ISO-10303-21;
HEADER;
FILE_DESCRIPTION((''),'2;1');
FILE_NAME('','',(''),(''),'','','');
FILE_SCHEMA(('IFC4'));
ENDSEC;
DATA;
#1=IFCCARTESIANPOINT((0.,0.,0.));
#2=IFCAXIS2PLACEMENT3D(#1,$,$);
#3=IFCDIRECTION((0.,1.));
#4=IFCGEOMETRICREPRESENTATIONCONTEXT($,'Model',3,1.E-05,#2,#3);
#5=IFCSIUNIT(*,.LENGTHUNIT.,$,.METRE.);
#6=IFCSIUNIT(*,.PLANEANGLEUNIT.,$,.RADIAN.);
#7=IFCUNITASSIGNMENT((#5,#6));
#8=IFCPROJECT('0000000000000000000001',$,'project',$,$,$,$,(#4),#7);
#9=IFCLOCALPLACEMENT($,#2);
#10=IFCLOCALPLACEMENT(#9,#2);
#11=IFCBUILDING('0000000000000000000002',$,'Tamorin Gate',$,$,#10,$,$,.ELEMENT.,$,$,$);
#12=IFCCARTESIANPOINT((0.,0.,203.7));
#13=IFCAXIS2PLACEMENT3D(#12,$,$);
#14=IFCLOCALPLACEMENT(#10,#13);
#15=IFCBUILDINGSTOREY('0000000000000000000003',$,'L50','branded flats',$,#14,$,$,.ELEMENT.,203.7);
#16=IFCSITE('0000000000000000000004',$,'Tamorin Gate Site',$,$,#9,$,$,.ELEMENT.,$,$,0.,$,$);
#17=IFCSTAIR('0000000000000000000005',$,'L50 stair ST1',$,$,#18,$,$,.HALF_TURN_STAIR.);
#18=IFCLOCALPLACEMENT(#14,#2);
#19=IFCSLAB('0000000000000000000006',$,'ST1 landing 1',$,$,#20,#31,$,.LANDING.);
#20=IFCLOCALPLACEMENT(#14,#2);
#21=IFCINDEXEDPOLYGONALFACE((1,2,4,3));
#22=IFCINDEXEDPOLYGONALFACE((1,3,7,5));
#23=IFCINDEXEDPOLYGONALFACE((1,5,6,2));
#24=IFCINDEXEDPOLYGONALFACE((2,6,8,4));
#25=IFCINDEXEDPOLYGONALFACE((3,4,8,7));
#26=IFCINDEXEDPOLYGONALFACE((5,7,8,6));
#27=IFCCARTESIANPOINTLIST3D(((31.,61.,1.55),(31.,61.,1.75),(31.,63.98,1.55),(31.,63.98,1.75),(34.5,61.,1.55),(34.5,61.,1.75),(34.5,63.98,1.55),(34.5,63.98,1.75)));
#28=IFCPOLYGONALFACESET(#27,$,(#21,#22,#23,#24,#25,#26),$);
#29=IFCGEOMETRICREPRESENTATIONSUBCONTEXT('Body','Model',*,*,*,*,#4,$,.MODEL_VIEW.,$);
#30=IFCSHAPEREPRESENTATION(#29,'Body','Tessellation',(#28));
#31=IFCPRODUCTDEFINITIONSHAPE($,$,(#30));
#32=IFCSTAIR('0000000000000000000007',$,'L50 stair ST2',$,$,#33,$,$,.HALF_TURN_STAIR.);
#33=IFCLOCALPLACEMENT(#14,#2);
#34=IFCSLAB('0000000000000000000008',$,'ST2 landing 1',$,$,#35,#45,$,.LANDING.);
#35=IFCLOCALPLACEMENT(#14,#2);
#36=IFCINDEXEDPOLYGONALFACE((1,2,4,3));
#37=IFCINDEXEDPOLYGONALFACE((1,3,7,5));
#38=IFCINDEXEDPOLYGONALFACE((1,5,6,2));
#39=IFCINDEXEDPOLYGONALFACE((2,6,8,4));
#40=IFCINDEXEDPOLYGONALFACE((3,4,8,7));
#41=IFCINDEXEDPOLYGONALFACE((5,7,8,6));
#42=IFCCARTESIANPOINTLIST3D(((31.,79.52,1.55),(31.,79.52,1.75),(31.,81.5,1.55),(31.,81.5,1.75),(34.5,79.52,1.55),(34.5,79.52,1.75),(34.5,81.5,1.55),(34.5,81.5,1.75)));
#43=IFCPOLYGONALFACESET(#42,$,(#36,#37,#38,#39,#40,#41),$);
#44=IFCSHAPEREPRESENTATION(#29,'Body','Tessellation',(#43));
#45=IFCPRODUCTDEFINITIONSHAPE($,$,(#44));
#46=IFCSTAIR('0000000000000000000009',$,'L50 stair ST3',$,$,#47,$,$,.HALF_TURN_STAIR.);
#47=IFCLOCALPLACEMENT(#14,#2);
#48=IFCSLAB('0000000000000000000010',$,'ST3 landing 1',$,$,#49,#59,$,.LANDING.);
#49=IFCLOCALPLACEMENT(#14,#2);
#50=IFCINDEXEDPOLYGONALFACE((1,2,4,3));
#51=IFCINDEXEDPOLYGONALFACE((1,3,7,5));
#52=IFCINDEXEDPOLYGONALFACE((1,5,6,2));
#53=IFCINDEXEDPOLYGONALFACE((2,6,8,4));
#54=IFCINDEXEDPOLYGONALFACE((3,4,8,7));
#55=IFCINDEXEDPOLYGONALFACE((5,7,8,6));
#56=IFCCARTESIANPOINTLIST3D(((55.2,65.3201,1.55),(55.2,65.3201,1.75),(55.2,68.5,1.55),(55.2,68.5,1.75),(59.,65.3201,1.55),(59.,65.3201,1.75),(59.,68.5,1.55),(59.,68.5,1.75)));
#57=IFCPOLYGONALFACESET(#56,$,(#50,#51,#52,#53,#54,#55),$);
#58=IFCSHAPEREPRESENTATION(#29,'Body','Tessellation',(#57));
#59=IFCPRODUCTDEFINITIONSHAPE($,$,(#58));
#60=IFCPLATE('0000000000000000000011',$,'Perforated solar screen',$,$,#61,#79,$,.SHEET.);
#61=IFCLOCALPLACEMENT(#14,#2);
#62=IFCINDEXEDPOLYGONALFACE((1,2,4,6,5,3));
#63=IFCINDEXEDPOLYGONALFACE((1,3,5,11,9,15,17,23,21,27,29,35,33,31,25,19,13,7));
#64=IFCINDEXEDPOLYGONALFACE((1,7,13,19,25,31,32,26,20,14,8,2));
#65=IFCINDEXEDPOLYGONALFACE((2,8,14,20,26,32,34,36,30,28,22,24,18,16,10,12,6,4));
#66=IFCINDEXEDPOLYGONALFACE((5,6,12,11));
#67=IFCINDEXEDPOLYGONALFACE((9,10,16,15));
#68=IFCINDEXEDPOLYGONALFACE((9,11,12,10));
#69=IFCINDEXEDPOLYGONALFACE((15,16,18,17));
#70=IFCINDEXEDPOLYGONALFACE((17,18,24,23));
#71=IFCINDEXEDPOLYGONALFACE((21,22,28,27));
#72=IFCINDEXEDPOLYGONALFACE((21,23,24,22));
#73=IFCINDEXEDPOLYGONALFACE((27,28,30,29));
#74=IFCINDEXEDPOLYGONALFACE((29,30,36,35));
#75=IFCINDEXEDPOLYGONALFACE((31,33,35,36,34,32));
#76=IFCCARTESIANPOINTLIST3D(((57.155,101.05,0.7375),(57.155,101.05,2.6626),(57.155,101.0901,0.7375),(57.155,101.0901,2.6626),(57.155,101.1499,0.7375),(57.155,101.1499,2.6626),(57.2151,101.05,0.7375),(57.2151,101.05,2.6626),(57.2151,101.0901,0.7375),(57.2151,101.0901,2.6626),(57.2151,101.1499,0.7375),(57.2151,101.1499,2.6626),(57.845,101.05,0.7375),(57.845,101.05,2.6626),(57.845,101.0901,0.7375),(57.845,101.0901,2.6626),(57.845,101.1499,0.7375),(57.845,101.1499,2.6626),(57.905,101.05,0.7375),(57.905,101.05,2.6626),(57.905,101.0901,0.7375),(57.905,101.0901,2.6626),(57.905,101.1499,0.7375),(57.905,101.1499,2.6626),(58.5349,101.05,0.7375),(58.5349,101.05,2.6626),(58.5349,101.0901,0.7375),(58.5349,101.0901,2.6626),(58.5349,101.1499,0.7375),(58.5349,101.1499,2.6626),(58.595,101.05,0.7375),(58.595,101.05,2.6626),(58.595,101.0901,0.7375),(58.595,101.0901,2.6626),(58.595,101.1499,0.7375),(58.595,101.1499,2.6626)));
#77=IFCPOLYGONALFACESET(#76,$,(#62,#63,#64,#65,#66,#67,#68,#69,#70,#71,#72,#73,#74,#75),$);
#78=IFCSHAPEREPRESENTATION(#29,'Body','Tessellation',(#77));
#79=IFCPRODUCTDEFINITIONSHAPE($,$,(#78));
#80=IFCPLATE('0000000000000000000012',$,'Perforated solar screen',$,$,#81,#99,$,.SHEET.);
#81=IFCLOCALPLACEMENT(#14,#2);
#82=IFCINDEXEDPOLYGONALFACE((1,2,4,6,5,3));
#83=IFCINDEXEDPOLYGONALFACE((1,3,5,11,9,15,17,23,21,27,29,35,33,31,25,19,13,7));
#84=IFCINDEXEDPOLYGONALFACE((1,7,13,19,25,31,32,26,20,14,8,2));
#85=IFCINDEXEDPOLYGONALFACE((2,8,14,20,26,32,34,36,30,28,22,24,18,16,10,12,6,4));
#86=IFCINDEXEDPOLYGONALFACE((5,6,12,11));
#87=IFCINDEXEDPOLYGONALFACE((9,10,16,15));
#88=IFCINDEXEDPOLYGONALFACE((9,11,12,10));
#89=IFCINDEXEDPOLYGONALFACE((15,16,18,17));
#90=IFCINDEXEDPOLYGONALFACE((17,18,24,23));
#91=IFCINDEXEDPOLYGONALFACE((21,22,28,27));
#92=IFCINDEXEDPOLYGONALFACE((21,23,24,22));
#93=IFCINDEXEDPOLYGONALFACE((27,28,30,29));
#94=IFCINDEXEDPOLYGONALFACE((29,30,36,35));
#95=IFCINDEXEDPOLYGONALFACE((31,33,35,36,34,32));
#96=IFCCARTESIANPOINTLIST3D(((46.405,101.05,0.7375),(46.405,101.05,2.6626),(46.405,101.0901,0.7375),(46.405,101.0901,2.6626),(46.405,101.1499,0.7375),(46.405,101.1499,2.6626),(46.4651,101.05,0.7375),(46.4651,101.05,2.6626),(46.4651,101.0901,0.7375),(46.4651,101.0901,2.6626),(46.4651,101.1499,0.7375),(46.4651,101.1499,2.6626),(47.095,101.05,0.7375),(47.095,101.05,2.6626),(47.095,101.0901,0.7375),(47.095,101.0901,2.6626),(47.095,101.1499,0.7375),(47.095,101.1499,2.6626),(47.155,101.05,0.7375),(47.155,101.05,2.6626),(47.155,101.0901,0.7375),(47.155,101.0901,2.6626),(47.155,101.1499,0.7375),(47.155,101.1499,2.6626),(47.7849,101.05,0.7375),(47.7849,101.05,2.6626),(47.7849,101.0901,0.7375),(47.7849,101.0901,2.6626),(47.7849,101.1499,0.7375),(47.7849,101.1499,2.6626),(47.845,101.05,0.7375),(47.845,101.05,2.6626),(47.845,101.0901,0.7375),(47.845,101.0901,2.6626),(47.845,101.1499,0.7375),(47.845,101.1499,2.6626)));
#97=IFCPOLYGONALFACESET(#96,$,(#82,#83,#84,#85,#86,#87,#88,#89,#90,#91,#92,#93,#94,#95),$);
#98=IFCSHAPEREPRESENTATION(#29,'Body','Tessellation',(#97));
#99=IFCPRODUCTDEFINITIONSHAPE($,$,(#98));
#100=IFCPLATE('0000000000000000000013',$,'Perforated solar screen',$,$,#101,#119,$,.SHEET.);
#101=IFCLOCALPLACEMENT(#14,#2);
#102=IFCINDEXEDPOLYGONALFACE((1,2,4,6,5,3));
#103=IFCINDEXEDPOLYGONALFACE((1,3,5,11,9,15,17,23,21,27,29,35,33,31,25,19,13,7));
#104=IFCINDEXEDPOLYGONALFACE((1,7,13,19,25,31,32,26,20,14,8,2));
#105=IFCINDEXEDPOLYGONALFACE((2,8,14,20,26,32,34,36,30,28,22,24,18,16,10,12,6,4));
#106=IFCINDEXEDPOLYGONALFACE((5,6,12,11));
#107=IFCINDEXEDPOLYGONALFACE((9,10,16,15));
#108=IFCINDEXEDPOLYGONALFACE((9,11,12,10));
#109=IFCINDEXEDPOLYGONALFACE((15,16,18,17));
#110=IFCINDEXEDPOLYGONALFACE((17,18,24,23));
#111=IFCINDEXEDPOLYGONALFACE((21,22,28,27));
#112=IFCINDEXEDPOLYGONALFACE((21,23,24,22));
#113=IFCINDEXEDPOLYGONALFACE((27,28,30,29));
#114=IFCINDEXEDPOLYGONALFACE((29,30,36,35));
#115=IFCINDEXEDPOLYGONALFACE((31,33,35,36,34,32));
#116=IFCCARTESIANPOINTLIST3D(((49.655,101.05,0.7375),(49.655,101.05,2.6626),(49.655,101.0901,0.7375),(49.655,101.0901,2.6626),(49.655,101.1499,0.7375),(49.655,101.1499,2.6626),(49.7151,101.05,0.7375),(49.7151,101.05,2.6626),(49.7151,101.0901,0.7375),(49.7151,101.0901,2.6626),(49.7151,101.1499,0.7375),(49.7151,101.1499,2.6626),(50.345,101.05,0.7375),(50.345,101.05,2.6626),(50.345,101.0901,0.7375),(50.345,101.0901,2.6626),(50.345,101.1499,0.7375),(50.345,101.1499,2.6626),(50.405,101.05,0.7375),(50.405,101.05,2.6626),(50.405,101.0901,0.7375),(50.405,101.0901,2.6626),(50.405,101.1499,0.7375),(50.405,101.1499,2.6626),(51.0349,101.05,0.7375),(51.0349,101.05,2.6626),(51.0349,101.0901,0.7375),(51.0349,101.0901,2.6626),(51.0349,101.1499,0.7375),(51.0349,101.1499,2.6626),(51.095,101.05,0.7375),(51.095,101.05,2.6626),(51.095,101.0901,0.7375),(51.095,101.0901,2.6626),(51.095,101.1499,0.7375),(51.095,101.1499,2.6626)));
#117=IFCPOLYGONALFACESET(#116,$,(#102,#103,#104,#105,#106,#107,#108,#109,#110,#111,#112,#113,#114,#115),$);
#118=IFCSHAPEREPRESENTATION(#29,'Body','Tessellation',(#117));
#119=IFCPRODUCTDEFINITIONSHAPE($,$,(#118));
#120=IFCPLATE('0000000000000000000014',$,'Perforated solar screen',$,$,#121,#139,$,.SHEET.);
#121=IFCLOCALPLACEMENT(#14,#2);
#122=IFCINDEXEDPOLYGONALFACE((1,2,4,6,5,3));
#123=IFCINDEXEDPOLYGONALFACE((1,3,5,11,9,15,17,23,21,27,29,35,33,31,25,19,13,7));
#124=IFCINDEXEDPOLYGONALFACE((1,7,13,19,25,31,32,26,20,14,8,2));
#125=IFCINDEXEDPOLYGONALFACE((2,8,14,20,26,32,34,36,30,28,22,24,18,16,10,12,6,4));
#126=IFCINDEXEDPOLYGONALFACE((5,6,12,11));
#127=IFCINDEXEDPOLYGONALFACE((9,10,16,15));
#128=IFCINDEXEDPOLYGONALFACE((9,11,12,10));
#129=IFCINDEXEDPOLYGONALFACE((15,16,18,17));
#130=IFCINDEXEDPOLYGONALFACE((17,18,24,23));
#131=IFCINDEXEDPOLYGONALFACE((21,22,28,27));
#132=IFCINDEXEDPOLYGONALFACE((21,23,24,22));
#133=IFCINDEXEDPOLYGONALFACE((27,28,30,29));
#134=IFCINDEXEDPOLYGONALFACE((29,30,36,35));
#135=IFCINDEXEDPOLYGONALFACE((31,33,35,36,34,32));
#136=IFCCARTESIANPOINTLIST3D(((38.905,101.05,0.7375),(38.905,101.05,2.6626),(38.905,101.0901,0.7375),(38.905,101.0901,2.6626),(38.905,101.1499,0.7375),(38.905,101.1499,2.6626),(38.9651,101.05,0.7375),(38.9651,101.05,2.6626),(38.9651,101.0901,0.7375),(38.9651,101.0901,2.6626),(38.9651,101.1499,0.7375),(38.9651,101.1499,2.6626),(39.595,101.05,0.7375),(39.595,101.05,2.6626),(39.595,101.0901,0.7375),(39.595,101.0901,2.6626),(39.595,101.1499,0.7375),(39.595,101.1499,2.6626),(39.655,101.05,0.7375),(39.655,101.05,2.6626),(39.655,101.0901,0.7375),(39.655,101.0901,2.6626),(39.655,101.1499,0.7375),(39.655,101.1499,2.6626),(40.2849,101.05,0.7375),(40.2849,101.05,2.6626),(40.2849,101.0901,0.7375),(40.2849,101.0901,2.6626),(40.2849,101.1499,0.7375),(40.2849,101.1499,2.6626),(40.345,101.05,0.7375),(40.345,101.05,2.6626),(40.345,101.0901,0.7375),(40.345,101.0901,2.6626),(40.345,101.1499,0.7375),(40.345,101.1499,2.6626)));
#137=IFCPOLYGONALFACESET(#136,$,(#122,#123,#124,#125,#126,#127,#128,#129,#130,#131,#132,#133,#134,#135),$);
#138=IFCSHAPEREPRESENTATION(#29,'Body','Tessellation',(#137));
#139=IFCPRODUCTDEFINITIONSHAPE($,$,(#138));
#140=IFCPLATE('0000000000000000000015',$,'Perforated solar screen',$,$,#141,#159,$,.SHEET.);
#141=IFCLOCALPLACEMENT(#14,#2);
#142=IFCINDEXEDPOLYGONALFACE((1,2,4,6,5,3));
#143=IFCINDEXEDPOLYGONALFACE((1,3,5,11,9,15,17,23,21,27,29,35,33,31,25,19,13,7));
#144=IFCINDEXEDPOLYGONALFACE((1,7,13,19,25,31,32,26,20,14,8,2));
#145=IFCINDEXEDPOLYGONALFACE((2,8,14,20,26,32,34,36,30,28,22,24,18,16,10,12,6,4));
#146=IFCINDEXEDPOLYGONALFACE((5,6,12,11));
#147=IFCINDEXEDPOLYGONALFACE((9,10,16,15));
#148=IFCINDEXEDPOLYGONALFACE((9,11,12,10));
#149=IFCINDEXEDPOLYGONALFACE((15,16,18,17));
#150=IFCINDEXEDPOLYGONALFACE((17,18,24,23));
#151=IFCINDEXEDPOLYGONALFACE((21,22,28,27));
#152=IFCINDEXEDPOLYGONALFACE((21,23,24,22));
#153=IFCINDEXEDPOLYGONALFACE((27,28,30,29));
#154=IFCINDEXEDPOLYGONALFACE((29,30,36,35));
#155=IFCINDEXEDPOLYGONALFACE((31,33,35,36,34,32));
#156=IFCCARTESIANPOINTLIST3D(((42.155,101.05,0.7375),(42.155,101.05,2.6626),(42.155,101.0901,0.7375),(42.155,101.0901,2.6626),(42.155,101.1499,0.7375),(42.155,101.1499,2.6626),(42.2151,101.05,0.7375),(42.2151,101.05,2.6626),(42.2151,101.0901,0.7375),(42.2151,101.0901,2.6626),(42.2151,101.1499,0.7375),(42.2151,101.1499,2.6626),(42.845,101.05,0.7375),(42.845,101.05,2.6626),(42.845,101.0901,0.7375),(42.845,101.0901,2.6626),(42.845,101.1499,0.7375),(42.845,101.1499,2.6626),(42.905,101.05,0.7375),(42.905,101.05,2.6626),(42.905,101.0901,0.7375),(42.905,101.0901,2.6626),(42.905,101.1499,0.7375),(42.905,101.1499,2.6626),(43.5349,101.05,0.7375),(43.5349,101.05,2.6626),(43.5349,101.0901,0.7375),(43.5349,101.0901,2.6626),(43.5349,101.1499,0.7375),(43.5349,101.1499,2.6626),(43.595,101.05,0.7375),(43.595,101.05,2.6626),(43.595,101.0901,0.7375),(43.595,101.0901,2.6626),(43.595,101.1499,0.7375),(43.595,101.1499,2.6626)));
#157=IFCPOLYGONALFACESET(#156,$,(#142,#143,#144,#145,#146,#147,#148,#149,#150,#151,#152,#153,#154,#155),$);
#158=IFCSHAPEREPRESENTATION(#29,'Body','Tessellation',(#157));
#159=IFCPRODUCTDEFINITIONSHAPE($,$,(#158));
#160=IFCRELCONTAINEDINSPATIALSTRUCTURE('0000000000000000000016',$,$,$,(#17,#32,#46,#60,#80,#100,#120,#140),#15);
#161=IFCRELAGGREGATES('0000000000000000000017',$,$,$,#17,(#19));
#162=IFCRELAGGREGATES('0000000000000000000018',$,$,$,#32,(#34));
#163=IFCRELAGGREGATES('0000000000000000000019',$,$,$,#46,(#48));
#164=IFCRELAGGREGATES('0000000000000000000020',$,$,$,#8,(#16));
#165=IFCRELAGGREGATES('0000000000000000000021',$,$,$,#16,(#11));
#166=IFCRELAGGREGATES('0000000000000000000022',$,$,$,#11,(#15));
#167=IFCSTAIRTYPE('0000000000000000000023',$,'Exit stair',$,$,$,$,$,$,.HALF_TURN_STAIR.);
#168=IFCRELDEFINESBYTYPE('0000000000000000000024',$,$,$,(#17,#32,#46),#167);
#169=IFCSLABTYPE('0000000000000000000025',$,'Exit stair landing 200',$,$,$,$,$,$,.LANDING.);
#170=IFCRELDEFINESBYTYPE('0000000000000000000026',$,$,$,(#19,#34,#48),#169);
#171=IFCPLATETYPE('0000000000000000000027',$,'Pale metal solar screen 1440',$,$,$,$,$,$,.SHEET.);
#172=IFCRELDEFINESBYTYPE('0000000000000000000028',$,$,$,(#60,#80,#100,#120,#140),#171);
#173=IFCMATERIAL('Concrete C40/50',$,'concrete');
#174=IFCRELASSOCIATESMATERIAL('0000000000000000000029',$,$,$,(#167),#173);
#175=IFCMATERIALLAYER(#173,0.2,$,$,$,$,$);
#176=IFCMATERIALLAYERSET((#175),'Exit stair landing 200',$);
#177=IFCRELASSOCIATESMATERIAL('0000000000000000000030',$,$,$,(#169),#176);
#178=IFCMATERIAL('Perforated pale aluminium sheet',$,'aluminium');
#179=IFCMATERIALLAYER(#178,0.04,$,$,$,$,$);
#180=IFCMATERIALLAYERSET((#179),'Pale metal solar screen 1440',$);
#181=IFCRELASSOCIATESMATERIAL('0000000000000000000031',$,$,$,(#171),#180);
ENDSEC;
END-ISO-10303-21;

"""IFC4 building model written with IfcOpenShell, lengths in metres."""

from ifc_helpers import new_model, si_unit, direction, frame, origin, place, context, subcontext, project, spatial, polyline, outline, extrude, material, layer, layer_set, type_object, element, aggregate, save


model = new_model("IFC4")

# Units and contexts
model_context = context("Model", 3, precision=1e-05, world=origin(), true_north=direction((0.0, 1.0)))
body_context = subcontext(model_context, "Body", "Model", "MODEL_VIEW")
ifc_project = project(units=[si_unit("LENGTHUNIT", "METRE"), si_unit("PLANEANGLEUNIT", "RADIAN")], contexts=[model_context])

# Site, building, storey
site_placement = place(None, origin())
site = spatial("IfcSite", under=ifc_project, at=site_placement, Name="Tamorin Gate Site", CompositionType="ELEMENT", RefElevation=0.0)
building_placement = place(site_placement, origin())
building = spatial("IfcBuilding", under=site, at=building_placement, Name="Tamorin Gate", CompositionType="ELEMENT")
storey_placement = place(building_placement, frame((0.0, 0.0, 203.7)))
storey = spatial("IfcBuildingStorey", under=building, at=storey_placement, Name="L50", Description="branded flats", CompositionType="ELEMENT", Elevation=203.7)

# Stairs, slabs
ifc_material_1 = material(Name="Concrete C40/50", Category="concrete")
stair_type = type_object("IfcStairType", Name="Exit stair", PredefinedType="HALF_TURN_STAIR", material=ifc_material_1)
stair_1_placement = place(storey_placement, origin())
stair_1 = element("IfcStair", 1, at=stair_1_placement, inside=storey, type_object=stair_type, Name="L50 stair ST1", PredefinedType="HALF_TURN_STAIR")
ifc_layer_1 = layer(ifc_material_1, 0.2)
ifc_layer_set_1 = layer_set([ifc_layer_1], Name="Exit stair landing 200")
slab_type = type_object("IfcSlabType", Name="Exit stair landing 200", PredefinedType="LANDING", material=ifc_layer_set_1)
slab_1_placement = place(storey_placement, frame((0.0, 0.0, 1.55)))
slab_1 = element("IfcSlab", 2, at=slab_1_placement, type_object=slab_type, Name="ST1 landing 1", PredefinedType="LANDING", context=body_context, shape_type="SweptSolid", body=[
    extrude(outline(polyline([(31.0, 63.98), (31.0, 61.0), (34.5, 61.0), (34.5, 63.98), (31.0, 63.98)])), origin(), (0.0, 0.0, 1.0), 0.2),
])
aggregate(stair_1, [slab_1])
stair_2_placement = place(storey_placement, origin())
stair_2 = element("IfcStair", 3, at=stair_2_placement, inside=storey, type_object=stair_type, Name="L50 stair ST2", PredefinedType="HALF_TURN_STAIR")
slab_2_placement = place(storey_placement, frame((0.0, 0.0, 1.55)))
slab_2 = element("IfcSlab", 4, at=slab_2_placement, type_object=slab_type, Name="ST2 landing 1", PredefinedType="LANDING", context=body_context, shape_type="SweptSolid", body=[
    extrude(outline(polyline([(34.5, 79.52), (34.5, 81.5), (31.0, 81.5), (31.0, 79.52), (34.5, 79.52)])), origin(), (0.0, 0.0, 1.0), 0.2),
])
aggregate(stair_2, [slab_2])
stair_3_placement = place(storey_placement, origin())
stair_3 = element("IfcStair", 5, at=stair_3_placement, inside=storey, type_object=stair_type, Name="L50 stair ST3", PredefinedType="HALF_TURN_STAIR")
slab_3_placement = place(storey_placement, frame((0.0, 0.0, 1.55)))
slab_3 = element("IfcSlab", 6, at=slab_3_placement, type_object=slab_type, Name="ST3 landing 1", PredefinedType="LANDING", context=body_context, shape_type="SweptSolid", body=[
    extrude(outline(polyline([(59.0, 65.3201), (59.0, 68.5), (55.2, 68.5), (55.2, 65.3201), (59.0, 65.3201)])), origin(), (0.0, 0.0, 1.0), 0.2),
])
aggregate(stair_3, [slab_3])

# Plates
ifc_material_2 = material(Name="Perforated pale aluminium sheet", Category="aluminium")
ifc_layer_2 = layer(ifc_material_2, 0.04)
ifc_layer_set_2 = layer_set([ifc_layer_2], Name="Pale metal solar screen 1440")
plate_type_1 = type_object("IfcPlateType", Name="Pale metal solar screen 1440", PredefinedType="SHEET", material=ifc_layer_set_2)
plate_1_placement = place(storey_placement, frame((0.0, 0.0, 0.7375)))
element("IfcPlate", 7, at=plate_1_placement, inside=storey, type_object=plate_type_1, Name="Perforated solar screen", PredefinedType="SHEET", context=body_context, shape_type="SweptSolid", body=[
    extrude(outline(polyline([(58.595, 101.0901), (58.595, 101.05), (58.5349, 101.05), (57.905, 101.05), (57.845, 101.05), (57.2151, 101.05), (57.155, 101.05), (57.155, 101.0901), (57.155, 101.1499), (57.2151, 101.1499), (57.2151, 101.0901), (57.845, 101.0901), (57.845, 101.1499), (57.905, 101.1499), (57.905, 101.0901), (58.5349, 101.0901), (58.5349, 101.1499), (58.595, 101.1499), (58.595, 101.0901)])), origin(), (0.0, 0.0, 1.0), 1.925),
])
plate_2_placement = place(storey_placement, frame((0.0, 0.0, 0.7375)))
element("IfcPlate", 8, at=plate_2_placement, inside=storey, type_object=plate_type_1, Name="Perforated solar screen", PredefinedType="SHEET", context=body_context, shape_type="SweptSolid", body=[
    extrude(outline(polyline([(47.845, 101.0901), (47.845, 101.05), (47.7849, 101.05), (47.155, 101.05), (47.095, 101.05), (46.4651, 101.05), (46.405, 101.05), (46.405, 101.0901), (46.405, 101.1499), (46.4651, 101.1499), (46.4651, 101.0901), (47.095, 101.0901), (47.095, 101.1499), (47.155, 101.1499), (47.155, 101.0901), (47.7849, 101.0901), (47.7849, 101.1499), (47.845, 101.1499), (47.845, 101.0901)])), origin(), (0.0, 0.0, 1.0), 1.925),
])
plate_3_placement = place(storey_placement, frame((0.0, 0.0, 0.7375)))
element("IfcPlate", 9, at=plate_3_placement, inside=storey, type_object=plate_type_1, Name="Perforated solar screen", PredefinedType="SHEET", context=body_context, shape_type="SweptSolid", body=[
    extrude(outline(polyline([(51.095, 101.0901), (51.095, 101.05), (51.0349, 101.05), (50.405, 101.05), (50.345, 101.05), (49.7151, 101.05), (49.655, 101.05), (49.655, 101.0901), (49.655, 101.1499), (49.7151, 101.1499), (49.7151, 101.0901), (50.345, 101.0901), (50.345, 101.1499), (50.405, 101.1499), (50.405, 101.0901), (51.0349, 101.0901), (51.0349, 101.1499), (51.095, 101.1499), (51.095, 101.0901)])), origin(), (0.0, 0.0, 1.0), 1.925),
])
plate_4_placement = place(storey_placement, frame((0.0, 0.0, 0.7375)))
element("IfcPlate", 10, at=plate_4_placement, inside=storey, type_object=plate_type_1, Name="Perforated solar screen", PredefinedType="SHEET", context=body_context, shape_type="SweptSolid", body=[
    extrude(outline(polyline([(40.345, 101.0901), (40.345, 101.05), (40.2849, 101.05), (39.655, 101.05), (39.595, 101.05), (38.9651, 101.05), (38.905, 101.05), (38.905, 101.0901), (38.905, 101.1499), (38.9651, 101.1499), (38.9651, 101.0901), (39.595, 101.0901), (39.595, 101.1499), (39.655, 101.1499), (39.655, 101.0901), (40.2849, 101.0901), (40.2849, 101.1499), (40.345, 101.1499), (40.345, 101.0901)])), origin(), (0.0, 0.0, 1.0), 1.925),
])
plate_5_placement = place(storey_placement, frame((0.0, 0.0, 0.7375)))
element("IfcPlate", 11, at=plate_5_placement, inside=storey, type_object=plate_type_1, Name="Perforated solar screen", PredefinedType="SHEET", context=body_context, shape_type="SweptSolid", body=[
    extrude(outline(polyline([(43.595, 101.0901), (43.595, 101.05), (43.5349, 101.05), (42.905, 101.05), (42.845, 101.05), (42.2151, 101.05), (42.155, 101.05), (42.155, 101.0901), (42.155, 101.1499), (42.2151, 101.1499), (42.2151, 101.0901), (42.845, 101.0901), (42.845, 101.1499), (42.905, 101.1499), (42.905, 101.0901), (43.5349, 101.0901), (43.5349, 101.1499), (43.595, 101.1499), (43.595, 101.0901)])), origin(), (0.0, 0.0, 1.0), 1.925),
])

save(model, "model.ifc")
